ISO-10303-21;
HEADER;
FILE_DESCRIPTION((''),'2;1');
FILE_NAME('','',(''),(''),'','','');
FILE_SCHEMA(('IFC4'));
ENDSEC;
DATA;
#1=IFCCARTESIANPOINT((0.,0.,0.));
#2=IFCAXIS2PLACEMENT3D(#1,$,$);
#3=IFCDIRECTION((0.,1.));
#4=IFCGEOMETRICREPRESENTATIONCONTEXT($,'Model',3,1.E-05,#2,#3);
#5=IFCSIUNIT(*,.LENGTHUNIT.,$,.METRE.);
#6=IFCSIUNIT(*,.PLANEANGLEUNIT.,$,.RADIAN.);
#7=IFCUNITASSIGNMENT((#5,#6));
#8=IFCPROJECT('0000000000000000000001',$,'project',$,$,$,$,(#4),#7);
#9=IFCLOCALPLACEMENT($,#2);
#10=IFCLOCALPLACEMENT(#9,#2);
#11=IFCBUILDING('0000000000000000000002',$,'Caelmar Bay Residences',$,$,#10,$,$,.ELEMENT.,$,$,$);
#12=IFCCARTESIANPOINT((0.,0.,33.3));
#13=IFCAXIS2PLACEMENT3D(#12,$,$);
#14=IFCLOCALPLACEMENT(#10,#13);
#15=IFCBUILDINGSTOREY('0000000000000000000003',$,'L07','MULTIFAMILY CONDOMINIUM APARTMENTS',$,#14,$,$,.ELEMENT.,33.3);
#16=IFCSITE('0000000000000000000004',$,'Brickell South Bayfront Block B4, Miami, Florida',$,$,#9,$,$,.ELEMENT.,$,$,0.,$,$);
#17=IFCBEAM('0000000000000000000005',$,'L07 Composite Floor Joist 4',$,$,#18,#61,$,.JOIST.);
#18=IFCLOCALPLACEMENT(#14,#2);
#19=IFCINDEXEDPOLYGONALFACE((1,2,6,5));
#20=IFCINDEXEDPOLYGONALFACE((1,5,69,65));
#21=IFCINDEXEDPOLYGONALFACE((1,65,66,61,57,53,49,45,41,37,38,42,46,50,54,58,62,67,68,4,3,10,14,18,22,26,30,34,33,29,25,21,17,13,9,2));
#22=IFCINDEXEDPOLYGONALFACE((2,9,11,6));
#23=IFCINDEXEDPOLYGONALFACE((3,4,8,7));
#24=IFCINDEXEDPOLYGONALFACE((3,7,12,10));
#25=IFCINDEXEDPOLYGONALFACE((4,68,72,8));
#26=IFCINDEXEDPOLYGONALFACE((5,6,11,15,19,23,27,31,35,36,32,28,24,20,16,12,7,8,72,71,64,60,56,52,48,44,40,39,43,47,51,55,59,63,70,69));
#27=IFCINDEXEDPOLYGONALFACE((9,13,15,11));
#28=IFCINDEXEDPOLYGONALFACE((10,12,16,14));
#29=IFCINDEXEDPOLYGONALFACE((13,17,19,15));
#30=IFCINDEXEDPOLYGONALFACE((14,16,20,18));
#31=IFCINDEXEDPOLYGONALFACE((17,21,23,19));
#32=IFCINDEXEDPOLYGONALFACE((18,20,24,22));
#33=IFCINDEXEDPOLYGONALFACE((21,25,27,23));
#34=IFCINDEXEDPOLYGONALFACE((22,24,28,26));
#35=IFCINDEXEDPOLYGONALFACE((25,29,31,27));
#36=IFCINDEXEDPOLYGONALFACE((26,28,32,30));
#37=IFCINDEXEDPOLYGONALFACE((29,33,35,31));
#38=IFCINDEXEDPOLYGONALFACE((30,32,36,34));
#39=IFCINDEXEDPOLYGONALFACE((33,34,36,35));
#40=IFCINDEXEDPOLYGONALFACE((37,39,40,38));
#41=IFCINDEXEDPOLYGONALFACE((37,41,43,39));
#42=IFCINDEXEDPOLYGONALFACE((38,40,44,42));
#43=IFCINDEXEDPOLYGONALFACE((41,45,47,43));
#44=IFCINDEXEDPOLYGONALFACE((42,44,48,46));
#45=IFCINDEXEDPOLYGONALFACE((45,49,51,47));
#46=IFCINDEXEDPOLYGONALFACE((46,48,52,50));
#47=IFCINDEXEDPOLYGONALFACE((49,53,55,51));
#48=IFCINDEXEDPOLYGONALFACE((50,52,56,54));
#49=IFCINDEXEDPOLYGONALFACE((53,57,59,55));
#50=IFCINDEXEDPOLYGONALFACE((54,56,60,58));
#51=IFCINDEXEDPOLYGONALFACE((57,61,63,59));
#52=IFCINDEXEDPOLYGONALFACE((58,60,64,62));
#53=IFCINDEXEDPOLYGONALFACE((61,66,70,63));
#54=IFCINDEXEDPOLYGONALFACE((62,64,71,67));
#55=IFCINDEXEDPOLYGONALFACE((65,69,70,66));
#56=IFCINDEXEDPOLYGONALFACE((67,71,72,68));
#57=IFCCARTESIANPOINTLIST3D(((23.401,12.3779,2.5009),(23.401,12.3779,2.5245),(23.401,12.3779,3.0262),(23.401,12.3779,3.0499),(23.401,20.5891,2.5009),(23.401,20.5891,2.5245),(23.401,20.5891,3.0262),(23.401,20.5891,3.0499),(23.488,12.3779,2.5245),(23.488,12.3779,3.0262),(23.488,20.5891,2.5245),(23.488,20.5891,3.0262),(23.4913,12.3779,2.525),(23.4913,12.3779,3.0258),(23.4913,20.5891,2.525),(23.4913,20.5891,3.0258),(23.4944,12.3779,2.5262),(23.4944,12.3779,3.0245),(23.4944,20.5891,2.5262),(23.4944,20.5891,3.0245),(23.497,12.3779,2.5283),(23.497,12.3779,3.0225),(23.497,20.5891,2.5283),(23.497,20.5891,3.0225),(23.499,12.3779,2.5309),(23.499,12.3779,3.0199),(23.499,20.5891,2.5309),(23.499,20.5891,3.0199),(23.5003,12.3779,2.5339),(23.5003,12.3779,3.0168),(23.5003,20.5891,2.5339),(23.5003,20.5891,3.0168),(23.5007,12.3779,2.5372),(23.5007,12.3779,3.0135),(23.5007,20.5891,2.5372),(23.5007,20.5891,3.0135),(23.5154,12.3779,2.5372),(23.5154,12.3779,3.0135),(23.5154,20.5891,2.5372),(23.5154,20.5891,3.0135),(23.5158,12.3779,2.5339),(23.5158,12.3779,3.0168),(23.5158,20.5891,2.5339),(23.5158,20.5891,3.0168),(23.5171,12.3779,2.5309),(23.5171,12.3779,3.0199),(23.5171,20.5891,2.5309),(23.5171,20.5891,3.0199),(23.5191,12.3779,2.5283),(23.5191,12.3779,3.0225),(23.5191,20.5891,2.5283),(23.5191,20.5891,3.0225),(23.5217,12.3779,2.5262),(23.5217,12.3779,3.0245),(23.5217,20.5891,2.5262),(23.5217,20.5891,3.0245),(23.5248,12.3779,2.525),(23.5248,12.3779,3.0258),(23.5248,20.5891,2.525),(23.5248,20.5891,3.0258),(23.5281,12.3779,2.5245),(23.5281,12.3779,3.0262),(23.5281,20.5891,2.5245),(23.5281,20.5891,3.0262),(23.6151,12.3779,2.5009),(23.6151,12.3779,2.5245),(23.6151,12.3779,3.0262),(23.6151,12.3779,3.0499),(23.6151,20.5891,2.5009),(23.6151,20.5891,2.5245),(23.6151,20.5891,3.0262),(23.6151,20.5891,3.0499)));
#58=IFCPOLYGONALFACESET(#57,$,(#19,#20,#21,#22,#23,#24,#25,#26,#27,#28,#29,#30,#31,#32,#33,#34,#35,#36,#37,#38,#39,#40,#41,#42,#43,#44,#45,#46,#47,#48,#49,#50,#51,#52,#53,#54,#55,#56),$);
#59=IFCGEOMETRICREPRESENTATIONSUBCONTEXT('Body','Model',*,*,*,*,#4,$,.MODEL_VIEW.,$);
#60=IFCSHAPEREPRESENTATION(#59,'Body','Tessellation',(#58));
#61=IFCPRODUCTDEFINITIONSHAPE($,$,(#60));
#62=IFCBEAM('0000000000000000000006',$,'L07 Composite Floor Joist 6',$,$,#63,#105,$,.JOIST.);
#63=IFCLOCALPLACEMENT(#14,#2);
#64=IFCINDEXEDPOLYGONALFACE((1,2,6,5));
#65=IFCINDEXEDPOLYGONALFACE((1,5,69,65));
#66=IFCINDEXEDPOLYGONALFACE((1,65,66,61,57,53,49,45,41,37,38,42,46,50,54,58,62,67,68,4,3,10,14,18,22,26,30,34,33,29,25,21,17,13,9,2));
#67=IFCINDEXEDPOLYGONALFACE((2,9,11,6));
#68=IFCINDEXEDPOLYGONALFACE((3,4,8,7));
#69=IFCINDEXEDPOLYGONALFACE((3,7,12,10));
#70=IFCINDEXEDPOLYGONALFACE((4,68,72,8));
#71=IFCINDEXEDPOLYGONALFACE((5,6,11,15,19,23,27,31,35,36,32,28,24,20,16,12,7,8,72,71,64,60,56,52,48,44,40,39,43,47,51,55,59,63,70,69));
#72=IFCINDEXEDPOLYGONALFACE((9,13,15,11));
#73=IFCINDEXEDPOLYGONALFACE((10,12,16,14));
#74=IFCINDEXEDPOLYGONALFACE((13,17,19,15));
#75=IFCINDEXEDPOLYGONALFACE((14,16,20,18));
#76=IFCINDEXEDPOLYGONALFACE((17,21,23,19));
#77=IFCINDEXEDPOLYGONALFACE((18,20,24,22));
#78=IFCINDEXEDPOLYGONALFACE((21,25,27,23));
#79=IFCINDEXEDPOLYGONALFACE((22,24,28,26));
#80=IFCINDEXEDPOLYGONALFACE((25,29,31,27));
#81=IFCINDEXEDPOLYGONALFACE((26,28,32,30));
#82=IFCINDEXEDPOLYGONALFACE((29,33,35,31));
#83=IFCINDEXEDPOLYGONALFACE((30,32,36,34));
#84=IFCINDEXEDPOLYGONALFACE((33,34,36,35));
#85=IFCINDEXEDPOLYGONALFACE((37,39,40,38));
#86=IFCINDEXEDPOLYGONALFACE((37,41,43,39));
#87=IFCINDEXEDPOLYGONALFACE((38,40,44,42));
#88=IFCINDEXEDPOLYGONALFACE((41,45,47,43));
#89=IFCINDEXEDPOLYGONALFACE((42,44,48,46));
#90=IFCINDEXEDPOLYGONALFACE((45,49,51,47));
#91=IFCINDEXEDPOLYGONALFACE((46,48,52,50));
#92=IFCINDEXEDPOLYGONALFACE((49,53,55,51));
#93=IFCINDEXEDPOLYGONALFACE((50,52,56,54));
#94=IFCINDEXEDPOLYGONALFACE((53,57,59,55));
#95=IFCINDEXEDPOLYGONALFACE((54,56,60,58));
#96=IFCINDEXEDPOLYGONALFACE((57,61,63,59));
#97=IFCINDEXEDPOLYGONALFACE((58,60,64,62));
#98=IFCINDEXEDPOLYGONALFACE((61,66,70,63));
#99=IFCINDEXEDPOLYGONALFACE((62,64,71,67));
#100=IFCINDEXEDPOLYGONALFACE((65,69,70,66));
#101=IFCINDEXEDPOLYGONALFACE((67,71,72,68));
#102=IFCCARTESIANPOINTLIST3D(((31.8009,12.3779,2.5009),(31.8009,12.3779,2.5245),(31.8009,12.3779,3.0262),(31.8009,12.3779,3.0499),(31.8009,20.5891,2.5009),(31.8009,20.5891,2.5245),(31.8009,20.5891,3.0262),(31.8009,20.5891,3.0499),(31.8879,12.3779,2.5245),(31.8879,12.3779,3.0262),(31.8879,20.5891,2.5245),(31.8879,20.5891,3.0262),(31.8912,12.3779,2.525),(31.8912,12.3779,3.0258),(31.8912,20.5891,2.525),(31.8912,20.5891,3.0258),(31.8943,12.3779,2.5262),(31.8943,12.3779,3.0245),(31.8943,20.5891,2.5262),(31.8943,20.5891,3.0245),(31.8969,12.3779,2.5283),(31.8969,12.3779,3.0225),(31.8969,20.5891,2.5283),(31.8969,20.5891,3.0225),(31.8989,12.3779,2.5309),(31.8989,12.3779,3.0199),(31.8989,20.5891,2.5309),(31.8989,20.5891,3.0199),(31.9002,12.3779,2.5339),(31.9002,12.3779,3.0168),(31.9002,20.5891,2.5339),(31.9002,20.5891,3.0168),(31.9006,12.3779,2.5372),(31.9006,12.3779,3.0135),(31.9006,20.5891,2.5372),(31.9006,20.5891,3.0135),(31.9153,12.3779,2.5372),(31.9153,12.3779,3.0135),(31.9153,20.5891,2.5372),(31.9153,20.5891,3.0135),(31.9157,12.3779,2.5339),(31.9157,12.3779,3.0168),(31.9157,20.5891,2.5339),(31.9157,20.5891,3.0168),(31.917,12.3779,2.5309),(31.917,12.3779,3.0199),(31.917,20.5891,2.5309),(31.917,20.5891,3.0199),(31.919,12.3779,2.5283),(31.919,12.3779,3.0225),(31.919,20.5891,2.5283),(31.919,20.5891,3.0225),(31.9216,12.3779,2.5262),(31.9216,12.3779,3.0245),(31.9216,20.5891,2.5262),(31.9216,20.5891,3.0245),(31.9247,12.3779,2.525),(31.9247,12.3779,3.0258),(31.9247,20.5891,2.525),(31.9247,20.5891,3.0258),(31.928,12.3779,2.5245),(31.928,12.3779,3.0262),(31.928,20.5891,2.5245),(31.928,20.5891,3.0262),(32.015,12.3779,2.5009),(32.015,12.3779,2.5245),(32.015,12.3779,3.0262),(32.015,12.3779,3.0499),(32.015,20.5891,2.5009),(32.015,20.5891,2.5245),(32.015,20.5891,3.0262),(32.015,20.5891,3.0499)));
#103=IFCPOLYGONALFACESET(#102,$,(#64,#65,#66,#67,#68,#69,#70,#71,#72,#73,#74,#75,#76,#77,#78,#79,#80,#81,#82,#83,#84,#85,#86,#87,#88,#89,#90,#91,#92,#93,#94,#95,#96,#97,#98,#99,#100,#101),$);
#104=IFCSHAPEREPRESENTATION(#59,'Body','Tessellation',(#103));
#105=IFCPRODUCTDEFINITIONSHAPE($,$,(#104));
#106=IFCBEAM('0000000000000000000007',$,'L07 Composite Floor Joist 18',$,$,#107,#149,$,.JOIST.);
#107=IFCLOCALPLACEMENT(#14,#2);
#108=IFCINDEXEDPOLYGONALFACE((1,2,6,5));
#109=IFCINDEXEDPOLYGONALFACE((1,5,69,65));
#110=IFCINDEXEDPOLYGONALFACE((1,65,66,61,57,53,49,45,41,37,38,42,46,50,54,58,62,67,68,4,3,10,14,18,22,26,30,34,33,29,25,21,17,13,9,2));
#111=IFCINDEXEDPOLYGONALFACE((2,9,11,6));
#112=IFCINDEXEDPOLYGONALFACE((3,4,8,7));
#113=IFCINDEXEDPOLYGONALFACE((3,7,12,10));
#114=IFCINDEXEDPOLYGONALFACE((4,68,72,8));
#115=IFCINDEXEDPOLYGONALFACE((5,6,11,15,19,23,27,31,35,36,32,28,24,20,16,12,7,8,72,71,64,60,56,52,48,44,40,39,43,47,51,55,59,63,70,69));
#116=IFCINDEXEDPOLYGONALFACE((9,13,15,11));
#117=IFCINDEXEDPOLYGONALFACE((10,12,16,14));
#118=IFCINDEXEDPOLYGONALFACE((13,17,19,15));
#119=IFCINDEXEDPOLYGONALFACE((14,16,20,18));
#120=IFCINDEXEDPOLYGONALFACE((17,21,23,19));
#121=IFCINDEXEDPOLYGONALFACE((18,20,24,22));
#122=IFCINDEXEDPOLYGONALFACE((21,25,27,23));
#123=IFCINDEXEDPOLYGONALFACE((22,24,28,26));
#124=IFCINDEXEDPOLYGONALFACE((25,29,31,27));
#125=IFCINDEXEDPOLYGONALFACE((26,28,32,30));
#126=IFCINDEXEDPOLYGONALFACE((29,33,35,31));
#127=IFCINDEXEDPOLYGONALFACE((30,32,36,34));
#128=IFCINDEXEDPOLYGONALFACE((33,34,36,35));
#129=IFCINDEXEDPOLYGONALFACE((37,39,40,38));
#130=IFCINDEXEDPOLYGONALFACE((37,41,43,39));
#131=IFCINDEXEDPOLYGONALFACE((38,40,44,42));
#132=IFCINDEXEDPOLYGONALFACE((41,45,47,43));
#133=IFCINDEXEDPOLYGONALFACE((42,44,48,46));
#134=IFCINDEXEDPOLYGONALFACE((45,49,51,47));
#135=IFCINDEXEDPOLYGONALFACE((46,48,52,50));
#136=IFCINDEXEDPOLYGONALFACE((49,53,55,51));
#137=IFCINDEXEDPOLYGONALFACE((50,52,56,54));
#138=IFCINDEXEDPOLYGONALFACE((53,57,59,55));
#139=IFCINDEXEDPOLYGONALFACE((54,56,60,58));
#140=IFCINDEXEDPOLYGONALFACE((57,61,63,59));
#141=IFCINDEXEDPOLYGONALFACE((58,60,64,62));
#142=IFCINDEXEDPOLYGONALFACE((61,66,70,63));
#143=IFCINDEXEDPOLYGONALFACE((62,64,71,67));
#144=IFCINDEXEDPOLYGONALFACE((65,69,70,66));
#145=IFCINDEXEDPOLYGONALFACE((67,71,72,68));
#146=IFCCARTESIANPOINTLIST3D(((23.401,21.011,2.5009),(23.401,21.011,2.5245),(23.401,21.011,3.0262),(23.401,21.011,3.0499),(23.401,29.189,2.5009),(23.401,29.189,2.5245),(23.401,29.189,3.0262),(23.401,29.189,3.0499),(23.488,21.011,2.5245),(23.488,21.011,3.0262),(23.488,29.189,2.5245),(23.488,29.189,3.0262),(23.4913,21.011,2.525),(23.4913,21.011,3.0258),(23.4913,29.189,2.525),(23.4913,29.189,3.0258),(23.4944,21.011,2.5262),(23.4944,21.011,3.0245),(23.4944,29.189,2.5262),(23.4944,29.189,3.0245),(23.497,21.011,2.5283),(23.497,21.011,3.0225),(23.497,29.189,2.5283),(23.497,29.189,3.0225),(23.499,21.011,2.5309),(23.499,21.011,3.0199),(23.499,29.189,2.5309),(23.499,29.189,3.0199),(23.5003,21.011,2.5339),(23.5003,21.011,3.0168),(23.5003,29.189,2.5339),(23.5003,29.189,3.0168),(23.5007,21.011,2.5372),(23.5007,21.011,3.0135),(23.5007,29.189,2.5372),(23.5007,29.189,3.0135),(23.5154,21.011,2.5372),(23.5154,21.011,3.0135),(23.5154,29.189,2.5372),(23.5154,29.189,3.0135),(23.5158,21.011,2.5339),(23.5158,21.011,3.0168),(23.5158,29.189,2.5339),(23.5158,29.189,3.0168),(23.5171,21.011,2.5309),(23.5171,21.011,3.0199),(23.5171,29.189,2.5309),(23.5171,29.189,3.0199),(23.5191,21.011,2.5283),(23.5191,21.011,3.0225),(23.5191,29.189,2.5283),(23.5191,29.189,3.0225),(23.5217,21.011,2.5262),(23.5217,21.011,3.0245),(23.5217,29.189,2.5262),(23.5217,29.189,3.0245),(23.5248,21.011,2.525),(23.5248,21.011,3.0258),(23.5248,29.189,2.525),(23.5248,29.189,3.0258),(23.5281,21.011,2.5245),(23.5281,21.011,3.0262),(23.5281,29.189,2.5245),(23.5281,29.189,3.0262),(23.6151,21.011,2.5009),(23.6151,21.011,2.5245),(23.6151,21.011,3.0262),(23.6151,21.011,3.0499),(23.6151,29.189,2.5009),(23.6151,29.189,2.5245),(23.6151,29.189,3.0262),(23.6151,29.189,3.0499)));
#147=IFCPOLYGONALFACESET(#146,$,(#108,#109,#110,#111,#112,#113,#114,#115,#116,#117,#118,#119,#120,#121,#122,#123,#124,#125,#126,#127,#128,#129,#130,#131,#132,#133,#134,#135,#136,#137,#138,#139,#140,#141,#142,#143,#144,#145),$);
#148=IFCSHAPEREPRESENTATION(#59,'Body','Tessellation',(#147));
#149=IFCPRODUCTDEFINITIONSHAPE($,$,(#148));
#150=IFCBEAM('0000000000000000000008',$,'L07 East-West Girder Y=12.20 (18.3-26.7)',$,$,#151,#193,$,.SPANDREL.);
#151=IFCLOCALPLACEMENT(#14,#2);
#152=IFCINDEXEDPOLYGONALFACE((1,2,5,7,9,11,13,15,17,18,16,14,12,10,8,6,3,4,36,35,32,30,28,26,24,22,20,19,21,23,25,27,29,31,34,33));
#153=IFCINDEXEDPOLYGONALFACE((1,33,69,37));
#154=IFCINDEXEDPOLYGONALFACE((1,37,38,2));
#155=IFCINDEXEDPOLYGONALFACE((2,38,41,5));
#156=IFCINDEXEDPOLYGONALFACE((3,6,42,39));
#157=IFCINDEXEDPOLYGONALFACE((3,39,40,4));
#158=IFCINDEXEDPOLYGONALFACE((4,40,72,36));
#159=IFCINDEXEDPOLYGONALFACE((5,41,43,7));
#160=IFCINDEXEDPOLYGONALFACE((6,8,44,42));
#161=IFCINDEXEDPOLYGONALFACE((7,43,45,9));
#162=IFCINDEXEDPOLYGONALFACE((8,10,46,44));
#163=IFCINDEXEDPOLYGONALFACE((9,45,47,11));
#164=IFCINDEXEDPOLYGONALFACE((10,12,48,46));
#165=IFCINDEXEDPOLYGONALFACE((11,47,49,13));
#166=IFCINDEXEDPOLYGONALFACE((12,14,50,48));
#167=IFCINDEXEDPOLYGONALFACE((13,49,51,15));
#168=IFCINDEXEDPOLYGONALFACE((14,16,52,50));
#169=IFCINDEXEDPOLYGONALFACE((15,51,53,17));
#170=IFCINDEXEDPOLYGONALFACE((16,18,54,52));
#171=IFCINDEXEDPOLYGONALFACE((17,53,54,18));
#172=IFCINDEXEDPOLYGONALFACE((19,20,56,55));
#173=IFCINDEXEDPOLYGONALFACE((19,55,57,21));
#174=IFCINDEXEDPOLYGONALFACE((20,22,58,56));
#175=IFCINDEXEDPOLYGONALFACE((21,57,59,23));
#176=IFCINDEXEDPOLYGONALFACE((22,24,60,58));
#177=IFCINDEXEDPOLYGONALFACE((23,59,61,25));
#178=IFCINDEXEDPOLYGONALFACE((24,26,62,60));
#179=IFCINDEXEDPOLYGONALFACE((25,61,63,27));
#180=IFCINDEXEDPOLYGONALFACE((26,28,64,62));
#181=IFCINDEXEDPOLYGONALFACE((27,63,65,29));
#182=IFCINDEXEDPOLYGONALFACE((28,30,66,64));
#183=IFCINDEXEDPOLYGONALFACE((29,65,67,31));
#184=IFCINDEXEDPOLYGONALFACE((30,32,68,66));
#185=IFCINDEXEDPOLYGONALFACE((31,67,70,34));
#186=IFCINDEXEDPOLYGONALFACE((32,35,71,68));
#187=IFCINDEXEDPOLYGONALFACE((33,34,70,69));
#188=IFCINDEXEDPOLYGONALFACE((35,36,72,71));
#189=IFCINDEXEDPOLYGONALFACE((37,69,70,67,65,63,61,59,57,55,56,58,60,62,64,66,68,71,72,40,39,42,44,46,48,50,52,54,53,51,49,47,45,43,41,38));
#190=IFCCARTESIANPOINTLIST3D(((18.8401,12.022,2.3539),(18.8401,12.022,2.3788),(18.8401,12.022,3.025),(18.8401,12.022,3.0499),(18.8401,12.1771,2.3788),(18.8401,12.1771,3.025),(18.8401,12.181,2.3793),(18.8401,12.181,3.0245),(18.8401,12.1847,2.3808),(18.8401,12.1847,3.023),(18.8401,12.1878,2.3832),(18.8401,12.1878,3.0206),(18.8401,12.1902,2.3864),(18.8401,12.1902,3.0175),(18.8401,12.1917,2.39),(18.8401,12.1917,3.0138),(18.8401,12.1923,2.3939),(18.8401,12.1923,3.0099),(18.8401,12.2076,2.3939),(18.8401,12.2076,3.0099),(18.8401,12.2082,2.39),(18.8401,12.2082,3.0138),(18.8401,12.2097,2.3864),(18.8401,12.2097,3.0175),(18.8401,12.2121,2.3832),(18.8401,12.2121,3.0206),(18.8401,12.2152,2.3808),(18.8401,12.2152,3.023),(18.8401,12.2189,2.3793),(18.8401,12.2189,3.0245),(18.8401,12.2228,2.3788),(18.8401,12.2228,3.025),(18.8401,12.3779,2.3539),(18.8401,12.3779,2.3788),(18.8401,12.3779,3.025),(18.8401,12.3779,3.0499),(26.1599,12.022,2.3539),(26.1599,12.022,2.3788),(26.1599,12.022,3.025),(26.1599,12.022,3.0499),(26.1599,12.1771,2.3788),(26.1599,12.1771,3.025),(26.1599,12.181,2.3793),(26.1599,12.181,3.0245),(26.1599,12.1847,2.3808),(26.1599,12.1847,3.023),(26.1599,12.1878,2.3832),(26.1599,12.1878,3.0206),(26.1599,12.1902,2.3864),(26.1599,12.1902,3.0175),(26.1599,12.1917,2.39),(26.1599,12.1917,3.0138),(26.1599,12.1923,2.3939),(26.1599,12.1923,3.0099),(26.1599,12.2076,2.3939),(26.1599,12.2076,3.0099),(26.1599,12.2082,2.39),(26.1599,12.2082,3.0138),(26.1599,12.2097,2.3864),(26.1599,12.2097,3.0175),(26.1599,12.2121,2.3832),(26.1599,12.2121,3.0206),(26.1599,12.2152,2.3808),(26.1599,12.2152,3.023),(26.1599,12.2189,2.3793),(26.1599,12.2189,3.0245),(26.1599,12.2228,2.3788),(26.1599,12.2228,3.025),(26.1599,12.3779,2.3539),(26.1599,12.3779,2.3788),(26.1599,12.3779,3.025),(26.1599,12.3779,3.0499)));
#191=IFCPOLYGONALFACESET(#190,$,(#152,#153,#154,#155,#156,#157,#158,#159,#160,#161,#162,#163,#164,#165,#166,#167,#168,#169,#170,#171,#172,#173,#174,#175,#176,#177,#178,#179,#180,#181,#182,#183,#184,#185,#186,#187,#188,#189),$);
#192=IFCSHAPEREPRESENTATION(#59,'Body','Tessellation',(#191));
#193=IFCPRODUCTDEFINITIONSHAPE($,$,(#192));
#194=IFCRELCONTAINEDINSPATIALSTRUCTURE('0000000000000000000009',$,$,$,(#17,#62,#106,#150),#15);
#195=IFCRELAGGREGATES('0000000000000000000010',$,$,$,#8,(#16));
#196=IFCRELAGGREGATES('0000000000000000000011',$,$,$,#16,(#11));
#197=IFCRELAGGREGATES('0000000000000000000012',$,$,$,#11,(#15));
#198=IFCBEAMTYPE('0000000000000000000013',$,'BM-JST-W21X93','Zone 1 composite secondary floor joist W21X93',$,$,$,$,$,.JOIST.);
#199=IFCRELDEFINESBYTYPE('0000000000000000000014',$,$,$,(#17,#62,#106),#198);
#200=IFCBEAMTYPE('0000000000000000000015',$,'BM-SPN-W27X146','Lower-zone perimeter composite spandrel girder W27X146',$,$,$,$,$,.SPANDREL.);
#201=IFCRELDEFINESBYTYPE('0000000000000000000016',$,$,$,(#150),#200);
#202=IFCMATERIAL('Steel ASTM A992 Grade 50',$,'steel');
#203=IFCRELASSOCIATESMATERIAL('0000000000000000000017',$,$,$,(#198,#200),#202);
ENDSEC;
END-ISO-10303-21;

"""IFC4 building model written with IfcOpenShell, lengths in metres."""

from ifc_helpers import new_model, si_unit, direction, frame, origin, origin_2d, place, context, subcontext, project, spatial, i_section, extrude, material, material_profile, profile_set, type_object, element, save


model = new_model("IFC4")

# Units and contexts
model_context = context("Model", 3, precision=1e-05, world=origin(), true_north=direction((0.0, 1.0)))
body_context = subcontext(model_context, "Body", "Model", "MODEL_VIEW")
ifc_project = project(units=[si_unit("LENGTHUNIT", "METRE"), si_unit("PLANEANGLEUNIT", "RADIAN")], contexts=[model_context])

# Site, building, storey
site_placement = place(None, origin())
site = spatial("IfcSite", under=ifc_project, at=site_placement, Name="Brickell South Bayfront Block B4, Miami, Florida", CompositionType="ELEMENT", RefElevation=0.0)
building_placement = place(site_placement, origin())
building = spatial("IfcBuilding", under=site, at=building_placement, Name="Caelmar Bay Residences", CompositionType="ELEMENT")
storey_placement = place(building_placement, frame((0.0, 0.0, 33.3)))
storey = spatial("IfcBuildingStorey", under=building, at=storey_placement, Name="L07", Description="MULTIFAMILY CONDOMINIUM APARTMENTS", CompositionType="ELEMENT", Elevation=33.3)

# Beams
ifc_material_1 = material(Name="Steel ASTM A992 Grade 50", Category="steel")
ifc_material_profile_1 = material_profile(ifc_material_1, i_section(OverallWidth=0.2141, OverallDepth=0.5491, WebThickness=0.0146, FlangeThickness=0.0237, FilletRadius=0.0127, at=origin_2d()), Name="W21X93")
ifc_profile_set_1 = profile_set([ifc_material_profile_1], Name="Steel ASTM A992 Grade 50")
beam_type_1 = type_object("IfcBeamType", Name="BM-JST-W21X93", Description="Zone 1 composite secondary floor joist W21X93", PredefinedType="JOIST", material=ifc_profile_set_1)
for number, where, z_axis, x_axis, name in (
    (1, (23.5081, 12.3779, 2.7754), (0.0, 1.0, 0.0), (-1.0, 0.0, 0.0), "L07 Composite Floor Joist 4"),
    (2, (31.908, 12.3779, 2.7754), (0.0, 1.0, 0.0), (-1.0, 0.0, 0.0), "L07 Composite Floor Joist 6"),
):
    element("IfcBeam", number, at=place(storey_placement, frame(where, z_axis=z_axis, x_axis=x_axis)), inside=storey, type_object=beam_type_1, Name=name, PredefinedType="JOIST", context=body_context, shape_type="SweptSolid", body=[
        extrude(i_section(OverallWidth=0.2141, OverallDepth=0.5491, WebThickness=0.0146, FlangeThickness=0.0237, FilletRadius=0.0127, at=origin_2d()), origin(), (0.0, 0.0, 1.0), 8.2112),
    ])
beam_1_placement = place(storey_placement, frame((23.5081, 21.011, 2.7754), z_axis=(0.0, 1.0, 0.0), x_axis=(-1.0, 0.0, 0.0)))
element("IfcBeam", 3, at=beam_1_placement, inside=storey, type_object=beam_type_1, Name="L07 Composite Floor Joist 18", PredefinedType="JOIST", context=body_context, shape_type="SweptSolid", body=[
    extrude(i_section(OverallWidth=0.2141, OverallDepth=0.5491, WebThickness=0.0146, FlangeThickness=0.0237, FilletRadius=0.0127, at=origin_2d()), origin(), (0.0, 0.0, 1.0), 8.178),
])
ifc_material_profile_2 = material_profile(ifc_material_1, i_section(OverallWidth=0.356, OverallDepth=0.696, WebThickness=0.0154, FlangeThickness=0.0249, FilletRadius=0.0151, at=origin_2d()), Name="W27X146")
ifc_profile_set_2 = profile_set([ifc_material_profile_2], Name="Steel ASTM A992 Grade 50")
beam_type_2 = type_object("IfcBeamType", Name="BM-SPN-W27X146", Description="Lower-zone perimeter composite spandrel girder W27X146", PredefinedType="SPANDREL", material=ifc_profile_set_2)
beam_2_placement = place(storey_placement, frame((18.8401, 12.2, 2.7019), z_axis=(1.0, 0.0, 0.0), x_axis=(0.0, 1.0, 0.0)))
element("IfcBeam", 4, at=beam_2_placement, inside=storey, type_object=beam_type_2, Name="L07 East-West Girder Y=12.20 (18.3-26.7)", PredefinedType="SPANDREL", context=body_context, shape_type="SweptSolid", body=[
    extrude(i_section(OverallWidth=0.356, OverallDepth=0.696, WebThickness=0.0154, FlangeThickness=0.0249, FilletRadius=0.0151, at=origin_2d()), origin(), (0.0, 0.0, 1.0), 7.3198),
])

save(model, "model.ifc")
